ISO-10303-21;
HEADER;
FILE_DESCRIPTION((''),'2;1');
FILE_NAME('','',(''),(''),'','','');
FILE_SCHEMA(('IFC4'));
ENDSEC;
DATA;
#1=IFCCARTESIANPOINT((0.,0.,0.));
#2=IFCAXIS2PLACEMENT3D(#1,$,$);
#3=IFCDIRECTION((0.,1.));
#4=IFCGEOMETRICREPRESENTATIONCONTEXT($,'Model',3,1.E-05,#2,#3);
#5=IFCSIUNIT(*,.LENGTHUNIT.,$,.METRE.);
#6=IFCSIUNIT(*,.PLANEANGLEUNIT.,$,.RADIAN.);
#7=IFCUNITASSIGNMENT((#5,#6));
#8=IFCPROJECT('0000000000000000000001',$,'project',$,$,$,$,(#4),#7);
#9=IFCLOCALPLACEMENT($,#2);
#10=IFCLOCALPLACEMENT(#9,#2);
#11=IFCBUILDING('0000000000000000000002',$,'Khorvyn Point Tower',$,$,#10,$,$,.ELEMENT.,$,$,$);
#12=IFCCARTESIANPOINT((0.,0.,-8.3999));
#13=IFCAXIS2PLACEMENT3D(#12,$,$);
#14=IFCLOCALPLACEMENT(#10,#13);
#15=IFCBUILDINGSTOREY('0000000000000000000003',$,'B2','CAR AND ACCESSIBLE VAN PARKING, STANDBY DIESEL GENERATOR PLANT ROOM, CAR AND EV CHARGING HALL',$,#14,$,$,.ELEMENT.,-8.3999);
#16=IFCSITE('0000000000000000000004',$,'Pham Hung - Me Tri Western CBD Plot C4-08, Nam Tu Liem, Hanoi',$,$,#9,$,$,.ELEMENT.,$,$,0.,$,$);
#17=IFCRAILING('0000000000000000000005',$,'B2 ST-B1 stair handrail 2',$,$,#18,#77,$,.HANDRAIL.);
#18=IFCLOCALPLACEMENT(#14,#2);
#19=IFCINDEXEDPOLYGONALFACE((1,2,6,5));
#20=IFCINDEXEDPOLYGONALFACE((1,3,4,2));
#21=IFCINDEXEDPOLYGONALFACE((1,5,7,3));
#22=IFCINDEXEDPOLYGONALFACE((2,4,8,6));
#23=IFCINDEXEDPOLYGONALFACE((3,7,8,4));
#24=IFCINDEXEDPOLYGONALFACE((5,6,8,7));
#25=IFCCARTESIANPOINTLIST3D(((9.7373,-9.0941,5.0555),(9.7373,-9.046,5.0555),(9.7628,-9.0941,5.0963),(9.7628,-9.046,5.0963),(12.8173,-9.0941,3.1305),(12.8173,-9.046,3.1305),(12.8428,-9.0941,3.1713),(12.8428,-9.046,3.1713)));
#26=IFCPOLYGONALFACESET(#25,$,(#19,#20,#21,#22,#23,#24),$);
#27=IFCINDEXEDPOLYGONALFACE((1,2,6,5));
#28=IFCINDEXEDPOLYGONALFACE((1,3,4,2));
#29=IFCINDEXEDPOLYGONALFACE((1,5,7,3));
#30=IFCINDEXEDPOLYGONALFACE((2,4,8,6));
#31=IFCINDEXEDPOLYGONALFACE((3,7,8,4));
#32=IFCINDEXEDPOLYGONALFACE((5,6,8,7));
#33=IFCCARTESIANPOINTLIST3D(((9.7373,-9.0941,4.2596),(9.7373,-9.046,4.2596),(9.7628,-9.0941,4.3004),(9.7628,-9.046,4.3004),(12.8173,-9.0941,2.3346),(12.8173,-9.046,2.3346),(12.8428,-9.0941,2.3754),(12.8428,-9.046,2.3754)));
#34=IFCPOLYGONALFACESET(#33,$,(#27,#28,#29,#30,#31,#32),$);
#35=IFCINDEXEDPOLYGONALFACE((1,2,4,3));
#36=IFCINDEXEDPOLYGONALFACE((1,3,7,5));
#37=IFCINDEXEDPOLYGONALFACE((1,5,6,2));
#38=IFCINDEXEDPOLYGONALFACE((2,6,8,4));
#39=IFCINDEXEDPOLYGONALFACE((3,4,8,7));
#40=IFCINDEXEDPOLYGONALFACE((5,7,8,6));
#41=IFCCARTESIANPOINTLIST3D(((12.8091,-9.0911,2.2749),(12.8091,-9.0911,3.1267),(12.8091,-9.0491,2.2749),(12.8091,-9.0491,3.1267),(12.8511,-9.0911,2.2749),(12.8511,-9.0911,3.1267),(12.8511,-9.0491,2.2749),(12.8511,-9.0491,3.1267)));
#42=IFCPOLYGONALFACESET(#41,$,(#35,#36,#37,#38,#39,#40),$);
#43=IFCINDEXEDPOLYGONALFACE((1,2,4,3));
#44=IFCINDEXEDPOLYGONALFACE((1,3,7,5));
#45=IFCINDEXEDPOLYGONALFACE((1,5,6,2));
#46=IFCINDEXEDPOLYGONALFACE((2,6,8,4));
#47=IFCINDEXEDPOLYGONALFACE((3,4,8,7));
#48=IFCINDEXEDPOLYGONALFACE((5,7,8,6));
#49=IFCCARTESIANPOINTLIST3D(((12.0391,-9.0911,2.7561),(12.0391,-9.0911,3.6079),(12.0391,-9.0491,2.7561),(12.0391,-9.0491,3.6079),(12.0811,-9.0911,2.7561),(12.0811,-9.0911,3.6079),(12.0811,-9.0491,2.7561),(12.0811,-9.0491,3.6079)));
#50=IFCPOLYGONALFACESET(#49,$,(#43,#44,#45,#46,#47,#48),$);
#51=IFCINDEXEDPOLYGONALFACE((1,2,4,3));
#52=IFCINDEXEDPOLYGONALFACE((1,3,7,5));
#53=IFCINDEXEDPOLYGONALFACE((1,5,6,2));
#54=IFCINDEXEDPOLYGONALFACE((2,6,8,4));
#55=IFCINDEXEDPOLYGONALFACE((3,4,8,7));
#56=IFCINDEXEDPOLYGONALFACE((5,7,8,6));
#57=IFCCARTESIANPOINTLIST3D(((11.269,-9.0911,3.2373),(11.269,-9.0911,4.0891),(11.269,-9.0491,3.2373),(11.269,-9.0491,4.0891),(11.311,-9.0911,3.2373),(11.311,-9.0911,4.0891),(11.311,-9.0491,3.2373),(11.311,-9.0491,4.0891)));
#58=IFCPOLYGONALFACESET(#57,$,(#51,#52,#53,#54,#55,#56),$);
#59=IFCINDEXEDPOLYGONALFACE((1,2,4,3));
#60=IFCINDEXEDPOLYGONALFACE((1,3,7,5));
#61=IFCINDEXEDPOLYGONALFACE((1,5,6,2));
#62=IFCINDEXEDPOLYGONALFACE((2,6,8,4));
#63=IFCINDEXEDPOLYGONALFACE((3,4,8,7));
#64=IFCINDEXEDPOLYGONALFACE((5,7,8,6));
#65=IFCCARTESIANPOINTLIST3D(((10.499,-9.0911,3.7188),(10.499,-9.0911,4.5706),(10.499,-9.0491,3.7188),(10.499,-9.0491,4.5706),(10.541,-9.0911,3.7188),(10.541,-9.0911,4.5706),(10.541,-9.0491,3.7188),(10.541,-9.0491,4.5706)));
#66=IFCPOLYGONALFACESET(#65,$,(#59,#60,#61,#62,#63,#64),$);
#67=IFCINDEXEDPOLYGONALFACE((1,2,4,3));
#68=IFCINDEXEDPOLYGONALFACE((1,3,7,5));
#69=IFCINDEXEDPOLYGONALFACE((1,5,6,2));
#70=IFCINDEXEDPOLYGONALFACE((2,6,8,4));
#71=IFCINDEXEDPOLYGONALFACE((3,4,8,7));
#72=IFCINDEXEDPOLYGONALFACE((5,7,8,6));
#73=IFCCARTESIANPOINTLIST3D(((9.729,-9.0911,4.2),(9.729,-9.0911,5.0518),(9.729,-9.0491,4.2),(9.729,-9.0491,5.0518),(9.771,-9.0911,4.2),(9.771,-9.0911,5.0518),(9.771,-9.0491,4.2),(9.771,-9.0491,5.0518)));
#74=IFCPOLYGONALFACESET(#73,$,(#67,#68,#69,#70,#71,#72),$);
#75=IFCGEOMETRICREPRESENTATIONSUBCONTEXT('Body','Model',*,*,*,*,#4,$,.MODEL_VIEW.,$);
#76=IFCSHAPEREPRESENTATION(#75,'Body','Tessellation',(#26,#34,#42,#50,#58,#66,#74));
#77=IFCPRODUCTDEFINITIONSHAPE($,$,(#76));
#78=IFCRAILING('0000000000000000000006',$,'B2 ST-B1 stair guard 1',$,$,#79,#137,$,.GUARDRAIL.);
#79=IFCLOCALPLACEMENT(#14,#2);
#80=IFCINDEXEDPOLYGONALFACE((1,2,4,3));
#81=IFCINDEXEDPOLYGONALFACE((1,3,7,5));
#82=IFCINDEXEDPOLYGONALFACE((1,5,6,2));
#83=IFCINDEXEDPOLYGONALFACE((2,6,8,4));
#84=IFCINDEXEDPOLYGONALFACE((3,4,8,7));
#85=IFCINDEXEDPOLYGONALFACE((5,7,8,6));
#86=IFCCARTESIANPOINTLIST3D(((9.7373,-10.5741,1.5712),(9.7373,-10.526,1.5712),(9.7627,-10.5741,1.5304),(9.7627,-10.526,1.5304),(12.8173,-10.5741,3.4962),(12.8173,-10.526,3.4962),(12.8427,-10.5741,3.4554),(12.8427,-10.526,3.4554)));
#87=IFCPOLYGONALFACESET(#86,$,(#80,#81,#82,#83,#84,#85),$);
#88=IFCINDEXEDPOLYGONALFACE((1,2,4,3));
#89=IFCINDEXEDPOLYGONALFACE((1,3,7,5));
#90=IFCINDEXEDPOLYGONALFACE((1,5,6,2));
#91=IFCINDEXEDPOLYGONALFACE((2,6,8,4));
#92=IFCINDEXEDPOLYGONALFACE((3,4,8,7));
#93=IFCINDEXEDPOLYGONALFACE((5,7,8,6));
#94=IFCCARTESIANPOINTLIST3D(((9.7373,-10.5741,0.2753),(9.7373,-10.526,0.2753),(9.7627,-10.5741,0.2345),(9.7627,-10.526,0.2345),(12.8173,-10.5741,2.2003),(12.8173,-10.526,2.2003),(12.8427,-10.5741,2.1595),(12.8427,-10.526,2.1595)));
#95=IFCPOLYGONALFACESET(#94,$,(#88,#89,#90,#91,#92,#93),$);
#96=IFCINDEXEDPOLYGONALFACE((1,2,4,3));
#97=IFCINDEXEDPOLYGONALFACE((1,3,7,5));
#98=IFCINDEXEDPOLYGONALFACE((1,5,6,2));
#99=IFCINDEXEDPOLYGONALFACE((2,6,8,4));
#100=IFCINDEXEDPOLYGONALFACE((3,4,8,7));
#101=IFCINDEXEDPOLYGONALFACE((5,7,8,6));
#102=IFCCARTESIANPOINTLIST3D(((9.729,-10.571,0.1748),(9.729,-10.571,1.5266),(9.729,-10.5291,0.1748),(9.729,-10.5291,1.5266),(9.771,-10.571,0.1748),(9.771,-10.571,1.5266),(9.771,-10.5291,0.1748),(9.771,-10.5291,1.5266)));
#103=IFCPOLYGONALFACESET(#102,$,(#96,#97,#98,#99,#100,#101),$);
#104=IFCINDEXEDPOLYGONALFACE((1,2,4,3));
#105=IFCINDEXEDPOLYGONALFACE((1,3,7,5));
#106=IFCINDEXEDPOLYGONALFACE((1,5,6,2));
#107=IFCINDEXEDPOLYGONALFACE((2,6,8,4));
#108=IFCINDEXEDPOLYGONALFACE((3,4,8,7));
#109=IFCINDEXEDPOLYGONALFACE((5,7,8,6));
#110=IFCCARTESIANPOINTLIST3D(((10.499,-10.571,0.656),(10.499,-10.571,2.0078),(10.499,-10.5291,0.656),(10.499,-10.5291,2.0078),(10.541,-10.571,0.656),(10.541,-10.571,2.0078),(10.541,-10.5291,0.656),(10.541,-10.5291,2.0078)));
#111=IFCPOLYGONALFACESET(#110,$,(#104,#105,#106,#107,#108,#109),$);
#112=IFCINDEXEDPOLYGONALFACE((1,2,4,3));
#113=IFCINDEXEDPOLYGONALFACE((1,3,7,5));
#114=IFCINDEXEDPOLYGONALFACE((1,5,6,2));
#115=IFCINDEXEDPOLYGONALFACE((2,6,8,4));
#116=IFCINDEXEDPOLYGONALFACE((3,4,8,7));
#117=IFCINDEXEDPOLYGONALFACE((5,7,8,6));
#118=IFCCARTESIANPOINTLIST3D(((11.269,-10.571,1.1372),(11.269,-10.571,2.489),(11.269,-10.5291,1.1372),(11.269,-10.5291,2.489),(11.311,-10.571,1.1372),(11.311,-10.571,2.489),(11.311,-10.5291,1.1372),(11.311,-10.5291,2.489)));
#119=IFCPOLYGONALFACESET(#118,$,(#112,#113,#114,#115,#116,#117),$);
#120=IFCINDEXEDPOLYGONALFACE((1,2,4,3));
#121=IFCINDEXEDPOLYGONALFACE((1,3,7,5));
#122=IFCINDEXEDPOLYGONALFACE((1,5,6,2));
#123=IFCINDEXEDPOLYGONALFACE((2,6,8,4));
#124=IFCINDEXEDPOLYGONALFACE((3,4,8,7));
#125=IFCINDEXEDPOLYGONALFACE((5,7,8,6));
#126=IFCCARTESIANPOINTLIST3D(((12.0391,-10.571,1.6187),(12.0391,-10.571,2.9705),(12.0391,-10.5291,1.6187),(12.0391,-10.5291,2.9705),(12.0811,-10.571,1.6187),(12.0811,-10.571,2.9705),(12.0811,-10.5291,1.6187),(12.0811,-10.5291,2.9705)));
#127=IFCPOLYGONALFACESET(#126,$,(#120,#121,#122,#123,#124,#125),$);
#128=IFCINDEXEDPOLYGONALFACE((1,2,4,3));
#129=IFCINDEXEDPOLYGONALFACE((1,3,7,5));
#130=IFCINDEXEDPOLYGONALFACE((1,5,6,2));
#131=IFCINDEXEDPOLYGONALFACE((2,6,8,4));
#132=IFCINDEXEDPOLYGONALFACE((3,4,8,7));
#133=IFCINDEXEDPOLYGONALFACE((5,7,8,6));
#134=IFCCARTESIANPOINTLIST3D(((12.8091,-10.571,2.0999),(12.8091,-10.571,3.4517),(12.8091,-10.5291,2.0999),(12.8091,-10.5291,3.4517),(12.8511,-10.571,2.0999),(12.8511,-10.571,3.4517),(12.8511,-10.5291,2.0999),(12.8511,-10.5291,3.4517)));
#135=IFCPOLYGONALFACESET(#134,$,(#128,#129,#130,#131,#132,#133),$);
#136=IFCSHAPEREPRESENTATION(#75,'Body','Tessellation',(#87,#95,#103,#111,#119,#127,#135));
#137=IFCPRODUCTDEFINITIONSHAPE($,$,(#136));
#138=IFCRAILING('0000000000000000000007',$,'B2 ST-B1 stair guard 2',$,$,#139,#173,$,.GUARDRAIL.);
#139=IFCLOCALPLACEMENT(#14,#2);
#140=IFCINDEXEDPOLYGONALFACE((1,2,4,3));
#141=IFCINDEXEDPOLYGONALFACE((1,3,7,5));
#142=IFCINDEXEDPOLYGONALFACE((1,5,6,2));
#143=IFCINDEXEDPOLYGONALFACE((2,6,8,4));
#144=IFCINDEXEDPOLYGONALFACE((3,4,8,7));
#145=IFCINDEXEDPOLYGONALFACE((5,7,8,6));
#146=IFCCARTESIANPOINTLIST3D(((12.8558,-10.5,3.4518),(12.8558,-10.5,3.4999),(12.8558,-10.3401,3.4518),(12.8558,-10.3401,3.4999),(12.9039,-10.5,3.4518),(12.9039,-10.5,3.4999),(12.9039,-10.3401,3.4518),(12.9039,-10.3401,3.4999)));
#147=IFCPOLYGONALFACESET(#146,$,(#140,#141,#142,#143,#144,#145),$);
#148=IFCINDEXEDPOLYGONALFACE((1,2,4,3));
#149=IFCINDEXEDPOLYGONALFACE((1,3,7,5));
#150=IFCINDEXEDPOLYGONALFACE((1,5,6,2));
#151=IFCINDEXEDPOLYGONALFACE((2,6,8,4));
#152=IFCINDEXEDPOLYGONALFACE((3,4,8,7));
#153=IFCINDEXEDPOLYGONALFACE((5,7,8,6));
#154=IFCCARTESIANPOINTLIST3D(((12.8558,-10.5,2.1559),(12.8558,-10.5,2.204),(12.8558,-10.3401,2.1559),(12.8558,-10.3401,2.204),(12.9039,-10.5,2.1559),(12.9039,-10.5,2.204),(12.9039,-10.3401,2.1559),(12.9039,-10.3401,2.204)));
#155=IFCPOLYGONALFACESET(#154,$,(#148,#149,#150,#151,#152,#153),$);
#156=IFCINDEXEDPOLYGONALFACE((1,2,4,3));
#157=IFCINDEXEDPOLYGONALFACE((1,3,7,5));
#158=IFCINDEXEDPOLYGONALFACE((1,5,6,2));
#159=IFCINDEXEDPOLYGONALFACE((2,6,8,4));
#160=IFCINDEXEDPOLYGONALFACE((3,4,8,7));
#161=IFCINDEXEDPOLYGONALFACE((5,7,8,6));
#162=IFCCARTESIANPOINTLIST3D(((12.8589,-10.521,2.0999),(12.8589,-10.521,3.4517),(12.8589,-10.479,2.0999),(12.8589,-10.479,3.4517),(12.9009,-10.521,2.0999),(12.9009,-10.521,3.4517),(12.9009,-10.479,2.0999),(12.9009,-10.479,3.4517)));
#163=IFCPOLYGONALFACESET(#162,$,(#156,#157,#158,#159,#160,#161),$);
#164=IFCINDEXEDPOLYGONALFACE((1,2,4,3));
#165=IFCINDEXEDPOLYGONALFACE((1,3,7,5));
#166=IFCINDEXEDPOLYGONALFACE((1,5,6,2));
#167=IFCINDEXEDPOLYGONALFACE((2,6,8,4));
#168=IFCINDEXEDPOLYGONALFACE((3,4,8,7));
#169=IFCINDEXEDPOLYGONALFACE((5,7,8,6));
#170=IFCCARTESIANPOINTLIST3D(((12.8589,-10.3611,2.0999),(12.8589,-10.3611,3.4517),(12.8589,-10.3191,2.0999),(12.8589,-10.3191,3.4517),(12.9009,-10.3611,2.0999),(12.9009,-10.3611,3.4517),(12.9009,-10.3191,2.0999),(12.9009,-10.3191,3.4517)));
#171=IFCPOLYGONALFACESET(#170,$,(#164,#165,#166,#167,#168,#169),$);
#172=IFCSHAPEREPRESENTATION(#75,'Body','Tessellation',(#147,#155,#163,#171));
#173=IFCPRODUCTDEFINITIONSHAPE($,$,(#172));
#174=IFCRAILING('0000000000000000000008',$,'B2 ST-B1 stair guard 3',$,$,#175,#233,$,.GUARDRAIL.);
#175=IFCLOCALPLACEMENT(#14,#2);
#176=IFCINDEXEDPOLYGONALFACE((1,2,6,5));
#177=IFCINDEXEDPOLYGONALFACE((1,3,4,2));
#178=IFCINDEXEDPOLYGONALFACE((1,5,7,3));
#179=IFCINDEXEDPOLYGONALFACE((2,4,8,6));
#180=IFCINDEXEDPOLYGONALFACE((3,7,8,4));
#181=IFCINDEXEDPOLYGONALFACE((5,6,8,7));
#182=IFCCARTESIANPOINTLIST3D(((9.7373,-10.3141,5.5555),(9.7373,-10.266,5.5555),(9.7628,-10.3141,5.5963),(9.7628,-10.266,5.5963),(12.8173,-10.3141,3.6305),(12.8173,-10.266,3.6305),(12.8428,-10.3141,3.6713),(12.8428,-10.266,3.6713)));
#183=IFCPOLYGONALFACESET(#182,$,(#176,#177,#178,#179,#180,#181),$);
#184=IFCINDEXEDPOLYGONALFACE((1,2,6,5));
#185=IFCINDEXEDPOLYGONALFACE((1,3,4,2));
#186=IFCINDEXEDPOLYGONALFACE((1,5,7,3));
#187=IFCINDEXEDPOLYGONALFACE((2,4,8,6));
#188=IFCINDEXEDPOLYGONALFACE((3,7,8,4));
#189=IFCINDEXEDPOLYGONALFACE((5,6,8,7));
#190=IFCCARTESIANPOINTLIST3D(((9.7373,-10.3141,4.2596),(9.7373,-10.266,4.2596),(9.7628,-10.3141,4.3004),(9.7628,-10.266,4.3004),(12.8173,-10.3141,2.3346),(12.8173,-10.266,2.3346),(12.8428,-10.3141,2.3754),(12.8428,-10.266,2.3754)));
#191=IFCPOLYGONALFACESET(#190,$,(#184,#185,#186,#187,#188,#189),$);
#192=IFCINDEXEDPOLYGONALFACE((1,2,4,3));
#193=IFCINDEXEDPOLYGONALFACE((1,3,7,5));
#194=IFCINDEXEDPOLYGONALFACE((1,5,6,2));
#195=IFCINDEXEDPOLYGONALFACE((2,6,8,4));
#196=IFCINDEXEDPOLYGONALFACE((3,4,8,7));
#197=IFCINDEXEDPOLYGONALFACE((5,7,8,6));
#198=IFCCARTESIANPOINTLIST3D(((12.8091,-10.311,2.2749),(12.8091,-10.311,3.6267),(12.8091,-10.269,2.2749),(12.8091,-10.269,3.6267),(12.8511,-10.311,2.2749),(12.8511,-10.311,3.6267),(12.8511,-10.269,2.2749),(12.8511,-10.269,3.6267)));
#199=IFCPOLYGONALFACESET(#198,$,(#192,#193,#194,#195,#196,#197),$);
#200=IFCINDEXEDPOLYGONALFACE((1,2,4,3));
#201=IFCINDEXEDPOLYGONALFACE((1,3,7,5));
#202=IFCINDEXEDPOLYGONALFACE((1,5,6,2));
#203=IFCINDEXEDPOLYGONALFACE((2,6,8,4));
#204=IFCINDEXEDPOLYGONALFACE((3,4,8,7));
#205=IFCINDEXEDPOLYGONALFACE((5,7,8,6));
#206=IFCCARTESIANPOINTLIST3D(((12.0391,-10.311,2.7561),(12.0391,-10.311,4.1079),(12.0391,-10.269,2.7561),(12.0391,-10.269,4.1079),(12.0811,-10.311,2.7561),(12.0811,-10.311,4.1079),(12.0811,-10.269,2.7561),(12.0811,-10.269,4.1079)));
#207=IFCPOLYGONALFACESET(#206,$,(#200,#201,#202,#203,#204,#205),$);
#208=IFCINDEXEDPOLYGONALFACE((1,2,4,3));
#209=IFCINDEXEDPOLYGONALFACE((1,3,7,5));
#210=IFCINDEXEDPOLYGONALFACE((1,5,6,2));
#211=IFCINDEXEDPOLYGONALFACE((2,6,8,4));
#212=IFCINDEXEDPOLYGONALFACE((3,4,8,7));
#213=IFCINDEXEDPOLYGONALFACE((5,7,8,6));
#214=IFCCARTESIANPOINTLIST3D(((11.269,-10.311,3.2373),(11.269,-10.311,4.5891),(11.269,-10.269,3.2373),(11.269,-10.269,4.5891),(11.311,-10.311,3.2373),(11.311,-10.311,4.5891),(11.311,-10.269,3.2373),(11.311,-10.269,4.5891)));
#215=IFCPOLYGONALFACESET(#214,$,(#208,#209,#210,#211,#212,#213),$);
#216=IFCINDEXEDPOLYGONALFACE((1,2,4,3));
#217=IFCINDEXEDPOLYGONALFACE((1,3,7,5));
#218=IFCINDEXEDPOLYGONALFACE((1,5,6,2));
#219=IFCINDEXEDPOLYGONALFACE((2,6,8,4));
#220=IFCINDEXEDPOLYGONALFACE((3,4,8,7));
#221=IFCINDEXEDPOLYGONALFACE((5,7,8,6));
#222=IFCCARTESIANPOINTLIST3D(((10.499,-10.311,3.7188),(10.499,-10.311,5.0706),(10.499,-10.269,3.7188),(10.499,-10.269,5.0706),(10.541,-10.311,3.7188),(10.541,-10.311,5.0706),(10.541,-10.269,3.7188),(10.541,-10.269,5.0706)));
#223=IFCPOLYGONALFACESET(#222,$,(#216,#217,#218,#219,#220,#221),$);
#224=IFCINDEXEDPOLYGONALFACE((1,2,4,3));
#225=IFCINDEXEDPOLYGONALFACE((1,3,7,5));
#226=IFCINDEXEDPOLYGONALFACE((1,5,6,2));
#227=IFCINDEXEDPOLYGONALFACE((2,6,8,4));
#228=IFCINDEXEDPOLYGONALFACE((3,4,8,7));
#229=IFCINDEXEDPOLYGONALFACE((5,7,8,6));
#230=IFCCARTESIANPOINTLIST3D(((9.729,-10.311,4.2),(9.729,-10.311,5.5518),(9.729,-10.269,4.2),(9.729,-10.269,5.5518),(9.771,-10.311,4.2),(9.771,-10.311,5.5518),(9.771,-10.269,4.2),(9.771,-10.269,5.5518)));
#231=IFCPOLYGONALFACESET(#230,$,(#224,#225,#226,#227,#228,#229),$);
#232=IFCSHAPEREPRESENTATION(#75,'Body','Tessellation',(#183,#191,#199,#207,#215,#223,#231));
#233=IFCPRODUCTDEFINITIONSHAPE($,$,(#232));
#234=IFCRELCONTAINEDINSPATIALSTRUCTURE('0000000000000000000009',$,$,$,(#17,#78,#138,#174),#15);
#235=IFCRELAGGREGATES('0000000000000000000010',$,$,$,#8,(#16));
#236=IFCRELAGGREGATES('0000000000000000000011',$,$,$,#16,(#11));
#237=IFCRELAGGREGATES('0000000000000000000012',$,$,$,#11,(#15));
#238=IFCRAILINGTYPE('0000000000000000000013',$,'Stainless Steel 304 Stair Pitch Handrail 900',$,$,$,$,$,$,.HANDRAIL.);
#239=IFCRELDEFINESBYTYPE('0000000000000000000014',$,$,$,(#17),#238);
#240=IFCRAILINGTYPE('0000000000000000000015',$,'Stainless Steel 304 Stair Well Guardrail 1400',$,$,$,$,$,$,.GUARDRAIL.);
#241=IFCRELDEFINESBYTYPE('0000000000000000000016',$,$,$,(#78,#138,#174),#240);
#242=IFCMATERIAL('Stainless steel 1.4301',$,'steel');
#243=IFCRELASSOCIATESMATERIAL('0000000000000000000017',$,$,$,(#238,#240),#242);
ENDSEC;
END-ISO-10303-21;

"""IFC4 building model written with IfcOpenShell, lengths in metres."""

from ifc_helpers import new_model, si_unit, direction, frame, origin, origin_2d, place, context, subcontext, project, spatial, rectangle, extrude, material, type_object, element, save


model = new_model("IFC4")

# Units and contexts
model_context = context("Model", 3, precision=1e-05, world=origin(), true_north=direction((0.0, 1.0)))
body_context = subcontext(model_context, "Body", "Model", "MODEL_VIEW")
ifc_project = project(units=[si_unit("LENGTHUNIT", "METRE"), si_unit("PLANEANGLEUNIT", "RADIAN")], contexts=[model_context])

# Site, building, storey
site_placement = place(None, origin())
site = spatial("IfcSite", under=ifc_project, at=site_placement, Name="Pham Hung - Me Tri Western CBD Plot C4-08, Nam Tu Liem, Hanoi", CompositionType="ELEMENT", RefElevation=0.0)
building_placement = place(site_placement, origin())
building = spatial("IfcBuilding", under=site, at=building_placement, Name="Khorvyn Point Tower", CompositionType="ELEMENT")
storey_placement = place(building_placement, frame((0.0, 0.0, -8.3999)))
storey = spatial("IfcBuildingStorey", under=building, at=storey_placement, Name="B2", Description="CAR AND ACCESSIBLE VAN PARKING, STANDBY DIESEL GENERATOR PLANT ROOM, CAR AND EV CHARGING HALL", CompositionType="ELEMENT", Elevation=-8.3999)

# Railings
ifc_material_1 = material(Name="Stainless steel 1.4301", Category="steel")
railing_type_1 = type_object("IfcRailingType", Name="Stainless Steel 304 Stair Pitch Handrail 900", PredefinedType="HANDRAIL", material=ifc_material_1)
railing_1_placement = place(storey_placement, frame((12.8301, -9.0701, 2.2749)))
element("IfcRailing", 1, at=railing_1_placement, inside=storey, type_object=railing_type_1, Name="B2 ST-B1 stair handrail 2", PredefinedType="HANDRAIL", context=body_context, shape_type="SweptSolid", body=[
    extrude(rectangle(XDim=0.0481, YDim=0.0481, at=origin_2d()), frame((0.0, 0.0, 0.876), z_axis=(-0.847998, 0.0, 0.529999), x_axis=(0.0, -1.0, 0.0)), (0.0, 0.0, 1.0), 3.6321),
    extrude(rectangle(XDim=0.0481, YDim=0.0481, at=origin_2d()), frame((0.0, 0.0, 0.0801), z_axis=(-0.847998, 0.0, 0.529999), x_axis=(0.0, -1.0, 0.0)), (0.0, 0.0, 1.0), 3.6321),
    extrude(rectangle(XDim=0.042, YDim=0.042, at=origin_2d()), origin(), (0.0, 0.0, 1.0), 0.8518),
    extrude(rectangle(XDim=0.042, YDim=0.042, at=origin_2d()), frame((-0.77, 0.0, 0.4812)), (0.0, 0.0, 1.0), 0.8518),
    extrude(rectangle(XDim=0.042, YDim=0.042, at=origin_2d()), frame((-1.54, 0.0, 0.9624)), (0.0, 0.0, 1.0), 0.8518),
    extrude(rectangle(XDim=0.042, YDim=0.042, at=origin_2d()), frame((-2.3101, 0.0, 1.4438)), (0.0, 0.0, 1.0), 0.8518),
    extrude(rectangle(XDim=0.042, YDim=0.042, at=origin_2d()), frame((-3.0801, 0.0, 1.925)), (0.0, 0.0, 1.0), 0.8518),
])
railing_type_2 = type_object("IfcRailingType", Name="Stainless Steel 304 Stair Well Guardrail 1400", PredefinedType="GUARDRAIL", material=ifc_material_1)
railing_2_placement = place(storey_placement, frame((9.75, -10.55, 0.1748)))
element("IfcRailing", 2, at=railing_2_placement, inside=storey, type_object=railing_type_2, Name="B2 ST-B1 stair guard 1", PredefinedType="GUARDRAIL", context=body_context, shape_type="SweptSolid", body=[
    extrude(rectangle(XDim=0.0481, YDim=0.0481, at=origin_2d()), frame((0.0, 0.0, 1.376), z_axis=(0.847998, 0.0, 0.529999), x_axis=(0.0, 1.0, 0.0)), (0.0, 0.0, 1.0), 3.6321),
    extrude(rectangle(XDim=0.0481, YDim=0.0481, at=origin_2d()), frame((0.0, 0.0, 0.0801), z_axis=(0.847998, 0.0, 0.529999), x_axis=(0.0, 1.0, 0.0)), (0.0, 0.0, 1.0), 3.6321),
    extrude(rectangle(XDim=0.042, YDim=0.042, at=origin_2d()), origin(), (0.0, 0.0, 1.0), 1.3518),
    extrude(rectangle(XDim=0.042, YDim=0.042, at=origin_2d()), frame((0.77, 0.0, 0.4812)), (0.0, 0.0, 1.0), 1.3518),
    extrude(rectangle(XDim=0.042, YDim=0.042, at=origin_2d()), frame((1.54, 0.0, 0.9624)), (0.0, 0.0, 1.0), 1.3518),
    extrude(rectangle(XDim=0.042, YDim=0.042, at=origin_2d()), frame((2.3101, 0.0, 1.4438)), (0.0, 0.0, 1.0), 1.3518),
    extrude(rectangle(XDim=0.042, YDim=0.042, at=origin_2d()), frame((3.0801, 0.0, 1.925)), (0.0, 0.0, 1.0), 1.3518),
])
railing_3_placement = place(storey_placement, frame((12.8799, -10.5, 2.0999)))
element("IfcRailing", 3, at=railing_3_placement, inside=storey, type_object=railing_type_2, Name="B2 ST-B1 stair guard 2", PredefinedType="GUARDRAIL", context=body_context, shape_type="SweptSolid", body=[
    extrude(rectangle(XDim=0.0481, YDim=0.0481, at=origin_2d()), frame((0.0, 0.0, 1.376), z_axis=(0.0, 1.0, 0.0), x_axis=(-1.0, 0.0, 0.0)), (0.0, 0.0, 1.0), 0.1599),
    extrude(rectangle(XDim=0.0481, YDim=0.0481, at=origin_2d()), frame((0.0, 0.0, 0.0801), z_axis=(0.0, 1.0, 0.0), x_axis=(-1.0, 0.0, 0.0)), (0.0, 0.0, 1.0), 0.1599),
    extrude(rectangle(XDim=0.042, YDim=0.042, at=origin_2d()), origin(), (0.0, 0.0, 1.0), 1.3518),
    extrude(rectangle(XDim=0.042, YDim=0.042, at=origin_2d()), frame((0.0, 0.1599, 0.0)), (0.0, 0.0, 1.0), 1.3518),
])
railing_4_placement = place(storey_placement, frame((12.8301, -10.29, 2.2749)))
element("IfcRailing", 4, at=railing_4_placement, inside=storey, type_object=railing_type_2, Name="B2 ST-B1 stair guard 3", PredefinedType="GUARDRAIL", context=body_context, shape_type="SweptSolid", body=[
    extrude(rectangle(XDim=0.0481, YDim=0.0481, at=origin_2d()), frame((0.0, 0.0, 1.376), z_axis=(-0.847998, 0.0, 0.529999), x_axis=(0.0, -1.0, 0.0)), (0.0, 0.0, 1.0), 3.6321),
    extrude(rectangle(XDim=0.0481, YDim=0.0481, at=origin_2d()), frame((0.0, 0.0, 0.0801), z_axis=(-0.847998, 0.0, 0.529999), x_axis=(0.0, -1.0, 0.0)), (0.0, 0.0, 1.0), 3.6321),
    extrude(rectangle(XDim=0.042, YDim=0.042, at=origin_2d()), origin(), (0.0, 0.0, 1.0), 1.3518),
    extrude(rectangle(XDim=0.042, YDim=0.042, at=origin_2d()), frame((-0.77, 0.0, 0.4812)), (0.0, 0.0, 1.0), 1.3518),
    extrude(rectangle(XDim=0.042, YDim=0.042, at=origin_2d()), frame((-1.54, 0.0, 0.9624)), (0.0, 0.0, 1.0), 1.3518),
    extrude(rectangle(XDim=0.042, YDim=0.042, at=origin_2d()), frame((-2.3101, 0.0, 1.4438)), (0.0, 0.0, 1.0), 1.3518),
    extrude(rectangle(XDim=0.042, YDim=0.042, at=origin_2d()), frame((-3.0801, 0.0, 1.925)), (0.0, 0.0, 1.0), 1.3518),
])

save(model, "model.ifc")
